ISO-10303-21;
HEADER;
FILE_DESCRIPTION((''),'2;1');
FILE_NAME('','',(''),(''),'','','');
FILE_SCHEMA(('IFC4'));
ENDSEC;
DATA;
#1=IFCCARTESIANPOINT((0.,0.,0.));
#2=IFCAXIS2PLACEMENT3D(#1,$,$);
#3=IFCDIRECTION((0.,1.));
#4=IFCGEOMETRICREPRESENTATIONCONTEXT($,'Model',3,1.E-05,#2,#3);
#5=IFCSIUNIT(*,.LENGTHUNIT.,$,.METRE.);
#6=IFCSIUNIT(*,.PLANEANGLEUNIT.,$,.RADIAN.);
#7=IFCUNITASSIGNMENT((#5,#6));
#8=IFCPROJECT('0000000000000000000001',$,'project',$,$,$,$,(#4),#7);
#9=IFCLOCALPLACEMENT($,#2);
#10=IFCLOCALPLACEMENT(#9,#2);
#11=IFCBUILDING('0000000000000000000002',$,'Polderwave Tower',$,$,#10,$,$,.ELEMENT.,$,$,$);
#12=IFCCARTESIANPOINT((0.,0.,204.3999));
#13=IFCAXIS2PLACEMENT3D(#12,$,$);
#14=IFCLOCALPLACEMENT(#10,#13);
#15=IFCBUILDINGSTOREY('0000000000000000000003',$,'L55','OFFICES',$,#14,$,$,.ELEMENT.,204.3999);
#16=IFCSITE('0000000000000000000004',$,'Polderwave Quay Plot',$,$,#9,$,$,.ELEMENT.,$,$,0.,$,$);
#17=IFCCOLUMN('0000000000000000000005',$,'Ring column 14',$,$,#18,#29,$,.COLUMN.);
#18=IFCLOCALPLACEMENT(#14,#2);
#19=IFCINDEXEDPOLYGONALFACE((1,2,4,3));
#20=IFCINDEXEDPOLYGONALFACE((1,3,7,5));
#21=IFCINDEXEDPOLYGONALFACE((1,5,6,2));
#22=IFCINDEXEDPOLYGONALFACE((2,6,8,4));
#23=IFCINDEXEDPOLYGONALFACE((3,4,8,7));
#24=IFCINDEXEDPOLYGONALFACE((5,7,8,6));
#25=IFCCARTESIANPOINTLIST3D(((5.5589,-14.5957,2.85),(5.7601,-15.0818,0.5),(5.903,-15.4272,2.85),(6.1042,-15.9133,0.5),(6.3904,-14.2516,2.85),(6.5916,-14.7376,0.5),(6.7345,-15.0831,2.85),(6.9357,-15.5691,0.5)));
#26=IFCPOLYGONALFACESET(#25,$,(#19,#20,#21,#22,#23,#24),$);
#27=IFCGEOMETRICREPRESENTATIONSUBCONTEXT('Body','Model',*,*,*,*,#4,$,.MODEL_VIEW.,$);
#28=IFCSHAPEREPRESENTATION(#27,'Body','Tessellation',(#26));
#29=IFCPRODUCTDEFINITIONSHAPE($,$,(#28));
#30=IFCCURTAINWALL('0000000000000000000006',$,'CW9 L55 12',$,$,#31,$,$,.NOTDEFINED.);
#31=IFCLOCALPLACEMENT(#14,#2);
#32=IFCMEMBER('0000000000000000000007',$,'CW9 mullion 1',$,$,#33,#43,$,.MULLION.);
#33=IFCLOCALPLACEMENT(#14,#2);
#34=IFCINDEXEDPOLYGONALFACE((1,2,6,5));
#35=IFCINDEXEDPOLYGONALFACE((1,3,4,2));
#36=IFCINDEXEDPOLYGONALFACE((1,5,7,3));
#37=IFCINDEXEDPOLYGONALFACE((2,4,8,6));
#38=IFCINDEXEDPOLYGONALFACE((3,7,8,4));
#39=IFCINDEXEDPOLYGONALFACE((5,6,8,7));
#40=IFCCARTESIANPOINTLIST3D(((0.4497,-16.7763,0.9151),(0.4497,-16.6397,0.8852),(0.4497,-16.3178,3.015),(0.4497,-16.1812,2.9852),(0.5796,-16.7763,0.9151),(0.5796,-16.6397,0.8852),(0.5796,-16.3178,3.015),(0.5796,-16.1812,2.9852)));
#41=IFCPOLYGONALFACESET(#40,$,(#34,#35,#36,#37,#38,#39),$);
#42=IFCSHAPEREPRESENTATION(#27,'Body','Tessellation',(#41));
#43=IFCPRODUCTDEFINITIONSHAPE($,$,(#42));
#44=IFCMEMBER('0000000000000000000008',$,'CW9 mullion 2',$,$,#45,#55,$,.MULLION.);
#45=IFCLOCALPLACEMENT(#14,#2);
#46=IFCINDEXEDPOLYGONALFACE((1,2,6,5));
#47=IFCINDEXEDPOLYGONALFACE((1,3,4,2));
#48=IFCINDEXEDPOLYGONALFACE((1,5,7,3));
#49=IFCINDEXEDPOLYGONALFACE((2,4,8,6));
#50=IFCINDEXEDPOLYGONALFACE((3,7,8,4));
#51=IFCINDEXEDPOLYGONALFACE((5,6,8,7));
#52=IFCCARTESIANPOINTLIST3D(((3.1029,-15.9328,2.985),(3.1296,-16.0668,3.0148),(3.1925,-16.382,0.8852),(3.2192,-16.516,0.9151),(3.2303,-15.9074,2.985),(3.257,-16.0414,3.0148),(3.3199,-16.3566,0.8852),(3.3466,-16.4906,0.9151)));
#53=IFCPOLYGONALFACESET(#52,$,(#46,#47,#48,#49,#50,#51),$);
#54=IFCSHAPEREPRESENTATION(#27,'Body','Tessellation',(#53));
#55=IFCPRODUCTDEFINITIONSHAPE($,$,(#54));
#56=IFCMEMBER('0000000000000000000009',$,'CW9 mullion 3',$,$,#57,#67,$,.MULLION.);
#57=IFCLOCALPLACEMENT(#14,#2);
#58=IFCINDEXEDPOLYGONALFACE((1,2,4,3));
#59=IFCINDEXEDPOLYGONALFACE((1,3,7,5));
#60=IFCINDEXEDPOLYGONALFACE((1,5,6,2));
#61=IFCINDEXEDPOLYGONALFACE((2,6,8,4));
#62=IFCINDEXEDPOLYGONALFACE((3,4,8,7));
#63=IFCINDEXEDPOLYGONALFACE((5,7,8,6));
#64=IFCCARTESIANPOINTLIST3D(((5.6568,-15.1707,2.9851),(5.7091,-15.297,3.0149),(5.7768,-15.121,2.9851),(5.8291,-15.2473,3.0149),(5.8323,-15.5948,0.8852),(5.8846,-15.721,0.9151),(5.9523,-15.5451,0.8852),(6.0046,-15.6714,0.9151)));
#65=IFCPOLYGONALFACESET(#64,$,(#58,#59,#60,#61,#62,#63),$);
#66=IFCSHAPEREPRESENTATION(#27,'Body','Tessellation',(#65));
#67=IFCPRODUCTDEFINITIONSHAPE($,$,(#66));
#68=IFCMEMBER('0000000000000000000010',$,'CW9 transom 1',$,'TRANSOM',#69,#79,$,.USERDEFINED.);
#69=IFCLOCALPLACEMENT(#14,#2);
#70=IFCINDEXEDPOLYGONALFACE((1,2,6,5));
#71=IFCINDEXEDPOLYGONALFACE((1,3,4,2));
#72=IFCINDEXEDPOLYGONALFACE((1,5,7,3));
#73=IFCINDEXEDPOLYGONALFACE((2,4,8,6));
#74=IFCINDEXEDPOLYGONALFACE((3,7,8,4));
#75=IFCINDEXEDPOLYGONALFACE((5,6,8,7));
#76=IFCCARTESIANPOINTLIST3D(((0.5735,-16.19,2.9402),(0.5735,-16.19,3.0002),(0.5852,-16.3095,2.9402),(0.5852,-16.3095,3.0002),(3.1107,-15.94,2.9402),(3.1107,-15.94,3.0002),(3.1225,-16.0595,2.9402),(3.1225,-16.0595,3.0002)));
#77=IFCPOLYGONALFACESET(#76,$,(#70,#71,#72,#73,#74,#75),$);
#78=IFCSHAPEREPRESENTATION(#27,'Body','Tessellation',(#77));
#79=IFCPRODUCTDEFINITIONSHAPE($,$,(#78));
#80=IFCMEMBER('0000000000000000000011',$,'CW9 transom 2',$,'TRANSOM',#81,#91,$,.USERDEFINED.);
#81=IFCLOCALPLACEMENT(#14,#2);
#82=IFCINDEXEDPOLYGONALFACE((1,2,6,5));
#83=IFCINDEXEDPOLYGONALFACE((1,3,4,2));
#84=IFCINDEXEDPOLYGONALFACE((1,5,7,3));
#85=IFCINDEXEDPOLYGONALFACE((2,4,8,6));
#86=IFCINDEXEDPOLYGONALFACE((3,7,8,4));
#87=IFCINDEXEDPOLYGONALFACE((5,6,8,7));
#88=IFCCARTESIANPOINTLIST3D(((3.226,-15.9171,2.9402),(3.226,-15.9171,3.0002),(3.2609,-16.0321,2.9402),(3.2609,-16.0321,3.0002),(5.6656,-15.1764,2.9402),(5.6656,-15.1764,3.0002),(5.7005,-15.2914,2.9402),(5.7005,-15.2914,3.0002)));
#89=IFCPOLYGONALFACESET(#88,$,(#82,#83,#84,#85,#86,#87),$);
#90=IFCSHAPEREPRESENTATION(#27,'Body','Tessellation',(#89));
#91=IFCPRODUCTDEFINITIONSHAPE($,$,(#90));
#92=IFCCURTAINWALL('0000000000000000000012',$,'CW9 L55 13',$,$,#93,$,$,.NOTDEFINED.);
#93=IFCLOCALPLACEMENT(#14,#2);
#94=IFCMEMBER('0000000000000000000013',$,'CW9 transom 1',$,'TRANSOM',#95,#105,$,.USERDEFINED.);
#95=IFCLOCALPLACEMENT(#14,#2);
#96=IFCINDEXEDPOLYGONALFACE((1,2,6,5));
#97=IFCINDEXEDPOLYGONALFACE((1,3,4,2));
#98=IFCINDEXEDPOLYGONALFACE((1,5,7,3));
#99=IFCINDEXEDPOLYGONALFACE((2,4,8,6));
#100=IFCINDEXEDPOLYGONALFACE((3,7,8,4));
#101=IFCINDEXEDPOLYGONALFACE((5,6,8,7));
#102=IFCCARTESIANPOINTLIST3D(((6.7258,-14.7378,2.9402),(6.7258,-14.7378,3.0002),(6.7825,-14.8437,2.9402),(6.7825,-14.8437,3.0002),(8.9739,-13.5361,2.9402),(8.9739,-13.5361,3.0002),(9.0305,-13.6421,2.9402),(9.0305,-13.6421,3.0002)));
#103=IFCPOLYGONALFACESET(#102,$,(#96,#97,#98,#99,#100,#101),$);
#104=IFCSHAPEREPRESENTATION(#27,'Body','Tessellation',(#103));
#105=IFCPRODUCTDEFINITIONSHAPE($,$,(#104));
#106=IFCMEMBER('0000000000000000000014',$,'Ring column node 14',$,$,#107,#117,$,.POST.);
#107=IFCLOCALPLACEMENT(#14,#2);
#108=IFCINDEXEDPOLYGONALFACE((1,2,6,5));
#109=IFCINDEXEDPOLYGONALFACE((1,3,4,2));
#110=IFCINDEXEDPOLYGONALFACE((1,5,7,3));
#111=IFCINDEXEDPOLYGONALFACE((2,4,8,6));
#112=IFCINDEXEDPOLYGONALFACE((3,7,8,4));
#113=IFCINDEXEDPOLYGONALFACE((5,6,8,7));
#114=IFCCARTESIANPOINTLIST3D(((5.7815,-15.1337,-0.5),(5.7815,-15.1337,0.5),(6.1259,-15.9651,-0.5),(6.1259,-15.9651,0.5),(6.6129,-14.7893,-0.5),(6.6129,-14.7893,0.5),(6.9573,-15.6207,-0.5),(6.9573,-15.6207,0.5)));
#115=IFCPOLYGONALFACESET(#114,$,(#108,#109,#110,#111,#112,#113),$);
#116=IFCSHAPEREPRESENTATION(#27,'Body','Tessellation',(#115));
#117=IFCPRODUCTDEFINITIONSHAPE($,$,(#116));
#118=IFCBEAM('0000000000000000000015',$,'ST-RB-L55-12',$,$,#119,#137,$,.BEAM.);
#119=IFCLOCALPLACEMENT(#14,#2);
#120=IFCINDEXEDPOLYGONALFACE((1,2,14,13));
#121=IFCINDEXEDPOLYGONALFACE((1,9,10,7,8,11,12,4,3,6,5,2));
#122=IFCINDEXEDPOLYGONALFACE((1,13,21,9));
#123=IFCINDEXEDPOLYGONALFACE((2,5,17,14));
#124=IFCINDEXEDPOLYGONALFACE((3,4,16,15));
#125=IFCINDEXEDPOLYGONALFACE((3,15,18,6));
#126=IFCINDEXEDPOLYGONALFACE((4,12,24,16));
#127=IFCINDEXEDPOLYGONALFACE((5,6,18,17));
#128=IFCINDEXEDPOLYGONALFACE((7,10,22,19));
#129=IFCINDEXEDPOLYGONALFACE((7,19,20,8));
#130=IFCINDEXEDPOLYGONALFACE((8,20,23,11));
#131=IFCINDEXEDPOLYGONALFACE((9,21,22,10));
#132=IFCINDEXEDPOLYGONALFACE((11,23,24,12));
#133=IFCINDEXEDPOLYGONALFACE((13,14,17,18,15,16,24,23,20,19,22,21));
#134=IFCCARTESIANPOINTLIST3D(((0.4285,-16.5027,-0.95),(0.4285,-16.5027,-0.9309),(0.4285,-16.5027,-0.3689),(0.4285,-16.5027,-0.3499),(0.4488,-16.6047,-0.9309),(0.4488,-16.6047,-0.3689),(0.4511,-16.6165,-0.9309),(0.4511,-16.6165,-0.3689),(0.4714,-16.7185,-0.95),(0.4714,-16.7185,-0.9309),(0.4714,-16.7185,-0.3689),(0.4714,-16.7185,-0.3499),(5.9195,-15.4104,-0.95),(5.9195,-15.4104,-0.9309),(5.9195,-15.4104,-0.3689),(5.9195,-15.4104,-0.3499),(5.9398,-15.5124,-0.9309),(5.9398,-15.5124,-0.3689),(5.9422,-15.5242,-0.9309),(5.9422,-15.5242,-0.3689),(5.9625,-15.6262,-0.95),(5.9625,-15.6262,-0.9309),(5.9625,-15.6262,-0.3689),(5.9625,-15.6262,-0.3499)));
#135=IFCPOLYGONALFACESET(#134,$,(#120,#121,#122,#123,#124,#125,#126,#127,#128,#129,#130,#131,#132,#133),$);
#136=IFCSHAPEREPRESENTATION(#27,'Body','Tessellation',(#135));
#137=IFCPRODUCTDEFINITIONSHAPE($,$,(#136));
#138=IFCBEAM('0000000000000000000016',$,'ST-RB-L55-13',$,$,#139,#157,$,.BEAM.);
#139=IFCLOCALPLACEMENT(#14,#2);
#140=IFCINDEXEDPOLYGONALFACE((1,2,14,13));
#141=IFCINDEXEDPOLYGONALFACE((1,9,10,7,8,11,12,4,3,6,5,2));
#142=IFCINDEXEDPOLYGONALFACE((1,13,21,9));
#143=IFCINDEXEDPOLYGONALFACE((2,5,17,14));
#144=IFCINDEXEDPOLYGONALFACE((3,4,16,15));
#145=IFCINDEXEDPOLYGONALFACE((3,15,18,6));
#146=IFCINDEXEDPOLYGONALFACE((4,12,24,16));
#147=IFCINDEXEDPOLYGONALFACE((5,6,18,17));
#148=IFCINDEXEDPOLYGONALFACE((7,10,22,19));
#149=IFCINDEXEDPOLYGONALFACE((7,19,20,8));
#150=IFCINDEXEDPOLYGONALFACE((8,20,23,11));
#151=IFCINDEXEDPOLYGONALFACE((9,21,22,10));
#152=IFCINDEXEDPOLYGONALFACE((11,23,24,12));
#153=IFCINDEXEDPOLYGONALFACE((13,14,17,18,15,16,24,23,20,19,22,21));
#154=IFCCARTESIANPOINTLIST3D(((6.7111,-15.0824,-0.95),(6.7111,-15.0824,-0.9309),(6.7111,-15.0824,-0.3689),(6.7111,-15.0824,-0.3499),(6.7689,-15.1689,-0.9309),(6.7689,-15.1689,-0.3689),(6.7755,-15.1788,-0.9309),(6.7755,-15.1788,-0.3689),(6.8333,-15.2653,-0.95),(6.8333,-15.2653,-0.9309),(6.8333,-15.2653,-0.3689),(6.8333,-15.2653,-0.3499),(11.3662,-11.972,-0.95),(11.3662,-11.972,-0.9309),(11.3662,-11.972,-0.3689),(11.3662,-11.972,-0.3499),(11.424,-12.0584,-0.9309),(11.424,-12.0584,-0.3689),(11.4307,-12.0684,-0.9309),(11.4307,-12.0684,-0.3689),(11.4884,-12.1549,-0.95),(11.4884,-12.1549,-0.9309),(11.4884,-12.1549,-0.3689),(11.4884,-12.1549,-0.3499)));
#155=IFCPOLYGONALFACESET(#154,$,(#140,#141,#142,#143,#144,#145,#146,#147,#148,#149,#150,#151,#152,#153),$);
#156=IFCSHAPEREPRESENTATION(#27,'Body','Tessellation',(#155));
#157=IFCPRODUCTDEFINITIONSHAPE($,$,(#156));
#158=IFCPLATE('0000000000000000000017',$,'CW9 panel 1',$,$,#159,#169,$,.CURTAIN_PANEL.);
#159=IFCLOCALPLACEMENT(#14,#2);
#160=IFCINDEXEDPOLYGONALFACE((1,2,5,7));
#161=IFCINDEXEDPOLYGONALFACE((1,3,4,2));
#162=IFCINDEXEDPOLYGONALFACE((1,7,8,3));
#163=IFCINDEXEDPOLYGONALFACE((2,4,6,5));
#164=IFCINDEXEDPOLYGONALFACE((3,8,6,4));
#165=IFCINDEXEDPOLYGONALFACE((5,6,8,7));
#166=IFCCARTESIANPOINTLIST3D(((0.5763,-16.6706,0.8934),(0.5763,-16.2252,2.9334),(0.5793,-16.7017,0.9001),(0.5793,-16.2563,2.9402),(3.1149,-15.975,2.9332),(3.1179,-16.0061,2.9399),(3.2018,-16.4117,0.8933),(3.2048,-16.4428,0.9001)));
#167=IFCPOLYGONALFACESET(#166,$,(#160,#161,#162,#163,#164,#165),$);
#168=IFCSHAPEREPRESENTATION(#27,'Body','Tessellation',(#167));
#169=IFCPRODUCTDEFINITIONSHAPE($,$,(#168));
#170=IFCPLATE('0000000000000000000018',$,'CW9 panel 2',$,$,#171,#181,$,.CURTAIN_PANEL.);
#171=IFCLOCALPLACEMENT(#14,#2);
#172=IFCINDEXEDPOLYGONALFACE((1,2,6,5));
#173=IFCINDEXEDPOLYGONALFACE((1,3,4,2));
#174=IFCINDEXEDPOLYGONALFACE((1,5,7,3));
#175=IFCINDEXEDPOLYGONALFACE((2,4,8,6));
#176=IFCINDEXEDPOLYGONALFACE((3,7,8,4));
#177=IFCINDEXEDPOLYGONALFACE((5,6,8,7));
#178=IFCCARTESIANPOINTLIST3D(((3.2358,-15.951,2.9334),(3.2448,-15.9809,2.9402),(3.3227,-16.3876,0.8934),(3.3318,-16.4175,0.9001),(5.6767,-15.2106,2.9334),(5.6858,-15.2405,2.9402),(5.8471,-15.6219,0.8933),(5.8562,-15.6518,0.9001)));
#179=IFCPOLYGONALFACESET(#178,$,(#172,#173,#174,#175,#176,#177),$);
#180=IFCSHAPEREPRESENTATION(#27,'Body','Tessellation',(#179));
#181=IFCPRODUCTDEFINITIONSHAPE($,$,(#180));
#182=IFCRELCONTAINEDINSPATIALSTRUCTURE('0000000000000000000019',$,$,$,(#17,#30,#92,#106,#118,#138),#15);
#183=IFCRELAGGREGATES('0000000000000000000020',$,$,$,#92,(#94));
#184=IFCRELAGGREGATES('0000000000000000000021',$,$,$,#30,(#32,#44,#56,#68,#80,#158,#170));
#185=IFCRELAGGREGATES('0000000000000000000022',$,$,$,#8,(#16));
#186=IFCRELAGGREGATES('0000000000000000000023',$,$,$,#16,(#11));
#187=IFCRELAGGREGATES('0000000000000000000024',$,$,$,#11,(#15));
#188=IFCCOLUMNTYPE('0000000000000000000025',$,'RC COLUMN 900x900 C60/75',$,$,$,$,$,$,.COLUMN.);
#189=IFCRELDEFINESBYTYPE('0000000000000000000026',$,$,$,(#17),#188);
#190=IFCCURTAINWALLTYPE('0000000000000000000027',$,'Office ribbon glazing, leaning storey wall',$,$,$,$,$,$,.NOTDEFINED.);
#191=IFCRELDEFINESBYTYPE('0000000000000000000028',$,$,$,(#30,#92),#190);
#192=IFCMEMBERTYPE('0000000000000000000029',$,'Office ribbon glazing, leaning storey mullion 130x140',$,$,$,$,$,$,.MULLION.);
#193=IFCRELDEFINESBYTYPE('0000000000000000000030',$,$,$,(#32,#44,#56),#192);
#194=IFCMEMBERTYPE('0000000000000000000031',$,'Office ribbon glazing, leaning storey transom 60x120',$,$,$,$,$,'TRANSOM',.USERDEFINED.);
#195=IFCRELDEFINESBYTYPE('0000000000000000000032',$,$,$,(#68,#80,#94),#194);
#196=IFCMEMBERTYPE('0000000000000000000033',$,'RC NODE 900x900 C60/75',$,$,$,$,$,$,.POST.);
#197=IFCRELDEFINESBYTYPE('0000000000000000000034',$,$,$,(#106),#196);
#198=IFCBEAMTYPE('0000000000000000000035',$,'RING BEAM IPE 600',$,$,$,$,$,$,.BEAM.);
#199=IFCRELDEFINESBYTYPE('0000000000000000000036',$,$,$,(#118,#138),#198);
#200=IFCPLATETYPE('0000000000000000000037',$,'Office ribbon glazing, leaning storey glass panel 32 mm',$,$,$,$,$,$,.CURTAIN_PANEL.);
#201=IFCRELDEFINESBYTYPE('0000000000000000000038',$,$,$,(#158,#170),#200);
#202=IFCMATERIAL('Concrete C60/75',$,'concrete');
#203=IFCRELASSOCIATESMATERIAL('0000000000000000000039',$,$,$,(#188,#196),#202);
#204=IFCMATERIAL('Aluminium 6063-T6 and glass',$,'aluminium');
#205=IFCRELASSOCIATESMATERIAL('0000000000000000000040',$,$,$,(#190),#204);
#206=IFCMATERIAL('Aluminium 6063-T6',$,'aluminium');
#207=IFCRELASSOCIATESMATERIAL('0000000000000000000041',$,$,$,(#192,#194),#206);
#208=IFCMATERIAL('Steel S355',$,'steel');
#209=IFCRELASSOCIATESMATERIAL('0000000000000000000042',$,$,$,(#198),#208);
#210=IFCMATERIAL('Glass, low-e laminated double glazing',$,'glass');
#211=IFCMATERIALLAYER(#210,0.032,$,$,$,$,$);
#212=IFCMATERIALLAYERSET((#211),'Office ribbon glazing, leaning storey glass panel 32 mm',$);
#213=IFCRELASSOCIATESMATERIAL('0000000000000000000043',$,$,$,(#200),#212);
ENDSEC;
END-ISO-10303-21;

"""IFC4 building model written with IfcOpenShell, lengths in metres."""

from ifc_helpers import new_model, si_unit, direction, frame, origin, origin_2d, place, context, subcontext, project, spatial, polyline, rectangle, i_section, outline, extrude, material, layer, layer_set, material_profile, profile_set, type_object, element, aggregate, save


model = new_model("IFC4")

# Units and contexts
model_context = context("Model", 3, precision=1e-05, world=origin(), true_north=direction((0.0, 1.0)))
body_context = subcontext(model_context, "Body", "Model", "MODEL_VIEW")
ifc_project = project(units=[si_unit("LENGTHUNIT", "METRE"), si_unit("PLANEANGLEUNIT", "RADIAN")], contexts=[model_context])

# Site, building, storey
site_placement = place(None, origin())
site = spatial("IfcSite", under=ifc_project, at=site_placement, Name="Polderwave Quay Plot", CompositionType="ELEMENT", RefElevation=0.0)
building_placement = place(site_placement, origin())
building = spatial("IfcBuilding", under=site, at=building_placement, Name="Polderwave Tower", CompositionType="ELEMENT")
storey_placement = place(building_placement, frame((0.0, 0.0, 204.3999)))
storey = spatial("IfcBuildingStorey", under=building, at=storey_placement, Name="L55", Description="OFFICES", CompositionType="ELEMENT", Elevation=204.3999)

# Column
ifc_material_1 = material(Name="Concrete C60/75", Category="concrete")
ifc_material_profile_1 = material_profile(ifc_material_1, rectangle(XDim=0.8999, YDim=0.8999, at=origin_2d()), Name="RC 900x900")
ifc_profile_set_1 = profile_set([ifc_material_profile_1], Name="Concrete C60/75")
column_type = type_object("IfcColumnType", Name="RC COLUMN 900x900 C60/75", PredefinedType="COLUMN", material=ifc_profile_set_1)
column_placement = place(storey_placement, frame((6.3479, -15.3254, 0.5), z_axis=(0.0, 0.0, 1.0), x_axis=(-0.923994, -0.382406, 0.0)))
element("IfcColumn", 1, at=column_placement, inside=storey, type_object=column_type, Name="Ring column 14", PredefinedType="COLUMN", context=body_context, shape_type="SweptSolid", body=[
    extrude(rectangle(XDim=0.8999, YDim=0.8999, at=origin_2d()), origin(), (0.0, -0.218443, 0.97585), 2.4082),
])

# Curtain wall, members
ifc_material_2 = material(Name="Aluminium 6063-T6 and glass", Category="aluminium")
curtain_wall_type = type_object("IfcCurtainWallType", Name="Office ribbon glazing, leaning storey wall", PredefinedType="NOTDEFINED", material=ifc_material_2)
curtain_wall_1_placement = place(storey_placement, origin())
curtain_wall_1 = element("IfcCurtainWall", 2, at=curtain_wall_1_placement, inside=storey, type_object=curtain_wall_type, Name="CW9 L55 12", PredefinedType="NOTDEFINED")
ifc_material_3 = material(Name="Aluminium 6063-T6", Category="aluminium")
ifc_material_profile_2 = material_profile(ifc_material_3, rectangle(XDim=0.1299, YDim=0.1399, at=origin_2d()), Name="AL 130x140")
ifc_profile_set_2 = profile_set([ifc_material_profile_2], Name="Aluminium 6063-T6")
member_type_1 = type_object("IfcMemberType", Name="Office ribbon glazing, leaning storey mullion 130x140", PredefinedType="MULLION", material=ifc_profile_set_2)
member_1_placement = place(storey_placement, frame((0.5146, -16.708, 0.9001), z_axis=(0.0, 0.213321, 0.976982), x_axis=(-1.0, 0.0, 0.0)))
member_1 = element("IfcMember", 3, at=member_1_placement, type_object=member_type_1, Name="CW9 mullion 1", PredefinedType="MULLION", context=body_context, shape_type="SweptSolid", body=[
    extrude(rectangle(XDim=0.1299, YDim=0.1399, at=origin_2d()), origin(), (0.0, 0.0, 1.0), 2.1494),
])
member_2_placement = place(storey_placement, frame((3.2695, -16.4363, 0.9001), z_axis=(-0.041689, 0.209013, 0.977024), x_axis=(-0.980683, -0.195604, 0.0)))
member_2 = element("IfcMember", 4, at=member_2_placement, type_object=member_type_1, Name="CW9 mullion 2", PredefinedType="MULLION", context=body_context, shape_type="SweptSolid", body=[
    extrude(rectangle(XDim=0.1299, YDim=0.1399, at=origin_2d()), origin(), (0.0, 0.0, 1.0), 2.1492),
])
member_3_placement = place(storey_placement, frame((5.9185, -15.6331, 0.9001), z_axis=(-0.081667, 0.197296, 0.976937), x_axis=(-0.923971, -0.382461, 0.0)))
member_3 = element("IfcMember", 5, at=member_3_placement, type_object=member_type_1, Name="CW9 mullion 3", PredefinedType="MULLION", context=body_context, shape_type="SweptSolid", body=[
    extrude(rectangle(XDim=0.1299, YDim=0.1399, at=origin_2d()), origin(), (0.0, 0.0, 1.0), 2.1494),
])
ifc_material_profile_3 = material_profile(ifc_material_3, rectangle(XDim=0.1201, YDim=0.0601, at=origin_2d()), Name="AL 60x120")
ifc_profile_set_3 = profile_set([ifc_material_profile_3], Name="Aluminium 6063-T6")
member_type_2 = type_object("IfcMemberType", Name="Office ribbon glazing, leaning storey transom 60x120", ElementType="TRANSOM", PredefinedType="USERDEFINED", material=ifc_profile_set_3)
member_4_placement = place(storey_placement, frame((0.5793, -16.2498, 2.9702), z_axis=(0.995181, 0.098053, 0.0), x_axis=(-0.098053, 0.995181, 0.0)))
member_4 = element("IfcMember", 6, at=member_4_placement, type_object=member_type_2, Name="CW9 transom 1", ObjectType="TRANSOM", PredefinedType="USERDEFINED", context=body_context, shape_type="SweptSolid", body=[
    extrude(rectangle(XDim=0.1201, YDim=0.0601, at=origin_2d()), origin(), (0.0, 0.0, 1.0), 2.5496),
])
member_5_placement = place(storey_placement, frame((3.2434, -15.9746, 2.9702), z_axis=(0.95687, 0.290518, 0.0), x_axis=(-0.290518, 0.95687, 0.0)))
member_5 = element("IfcMember", 7, at=member_5_placement, type_object=member_type_2, Name="CW9 transom 2", ObjectType="TRANSOM", PredefinedType="USERDEFINED", context=body_context, shape_type="SweptSolid", body=[
    extrude(rectangle(XDim=0.1201, YDim=0.0601, at=origin_2d()), origin(), (0.0, 0.0, 1.0), 2.5496),
])

# Curtain wall, member
curtain_wall_2_placement = place(storey_placement, origin())
curtain_wall_2 = element("IfcCurtainWall", 8, at=curtain_wall_2_placement, inside=storey, type_object=curtain_wall_type, Name="CW9 L55 13", PredefinedType="NOTDEFINED")
member_6_placement = place(storey_placement, frame((6.7542, -14.7908, 2.9702), z_axis=(0.881912, 0.471413, 0.0), x_axis=(-0.471413, 0.881912, 0.0)))
member_6 = element("IfcMember", 9, at=member_6_placement, type_object=member_type_2, Name="CW9 transom 1", ObjectType="TRANSOM", PredefinedType="USERDEFINED", context=body_context, shape_type="SweptSolid", body=[
    extrude(rectangle(XDim=0.1201, YDim=0.0601, at=origin_2d()), origin(), (0.0, 0.0, 1.0), 2.5491),
])
aggregate(curtain_wall_2, [member_6])

# Member
ifc_material_profile_4 = material_profile(ifc_material_1, rectangle(XDim=0.8999, YDim=0.8999, at=origin_2d()), Name="RC 900x900")
ifc_profile_set_4 = profile_set([ifc_material_profile_4], Name="Concrete C60/75")
member_type_3 = type_object("IfcMemberType", Name="RC NODE 900x900 C60/75", PredefinedType="POST", material=ifc_profile_set_4)
member_7_placement = place(storey_placement, frame((6.3694, -15.3772, -0.5), z_axis=(0.0, 0.0, 1.0), x_axis=(0.382683, -0.92388, 0.0)))
element("IfcMember", 10, at=member_7_placement, inside=storey, type_object=member_type_3, Name="Ring column node 14", PredefinedType="POST", context=body_context, shape_type="SweptSolid", body=[
    extrude(rectangle(XDim=0.8999, YDim=0.8999, at=origin_2d()), origin(), (0.0, 0.0, 1.0), 1.0),
])

# Beams
ifc_material_4 = material(Name="Steel S355", Category="steel")
ifc_material_profile_5 = material_profile(ifc_material_4, i_section(OverallWidth=0.22, OverallDepth=0.6001, WebThickness=0.012, FlangeThickness=0.019, at=origin_2d()), Name="IPE 600")
ifc_profile_set_5 = profile_set([ifc_material_profile_5], Name="Steel S355")
beam_type = type_object("IfcBeamType", Name="RING BEAM IPE 600", PredefinedType="BEAM", material=ifc_profile_set_5)
for number, where, z_axis, x_axis, name in (
    (11, (0.45, -16.6106, -0.6499), (0.980783, 0.195101, 0.0), (-0.195101, 0.980783, 0.0), "ST-RB-L55-12"),
    (12, (6.7722, -15.1738, -0.6499), (0.831473, 0.555565, 0.0), (-0.555565, 0.831473, 0.0), "ST-RB-L55-13"),
):
    element("IfcBeam", number, at=place(storey_placement, frame(where, z_axis=z_axis, x_axis=x_axis)), inside=storey, type_object=beam_type, Name=name, PredefinedType="BEAM", context=body_context, shape_type="SweptSolid", body=[
        extrude(i_section(OverallWidth=0.22, OverallDepth=0.6001, WebThickness=0.012, FlangeThickness=0.019, at=origin_2d()), origin(), (0.0, 0.0, 1.0), 5.5986),
    ])

# Plates
ifc_material_5 = material(Name="Glass, low-e laminated double glazing", Category="glass")
ifc_layer_1 = layer(ifc_material_5, 0.032)
ifc_layer_set_1 = layer_set([ifc_layer_1], Name="Office ribbon glazing, leaning storey glass panel 32 mm")
plate_type = type_object("IfcPlateType", Name="Office ribbon glazing, leaning storey glass panel 32 mm", PredefinedType="CURTAIN_PANEL", material=ifc_layer_set_1)
plate_1_placement = place(storey_placement, frame((0.5793, -16.7017, 0.9001), z_axis=(0.095871, -0.97249, 0.2123), x_axis=(0.995176, 0.098106, -0.000003)))
plate_1 = element("IfcPlate", 13, at=plate_1_placement, type_object=plate_type, Name="CW9 panel 1", PredefinedType="CURTAIN_PANEL", context=body_context, shape_type="SweptSolid", body=[
    extrude(outline(polyline([(0.0, 0.0), (2.6382, 0.0), (2.5946, 2.0874), (0.0437, 2.0876), (0.0, 0.0)])), origin(), (0.0, 0.0, -1.0), 0.032),
])
plate_2_placement = place(storey_placement, frame((3.3318, -16.4175, 0.9001), z_axis=(0.283653, -0.935148, 0.212227), x_axis=(0.956947, 0.290263, -0.000007)))
plate_2 = element("IfcPlate", 14, at=plate_2_placement, type_object=plate_type, Name="CW9 panel 2", PredefinedType="CURTAIN_PANEL", context=body_context, shape_type="SweptSolid", body=[
    extrude(outline(polyline([(0.0, 0.0), (2.638, 0.0), (2.5943, 2.0876), (0.0435, 2.0876), (0.0, 0.0)])), origin(), (0.0, 0.0, -1.0), 0.032),
])
aggregate(curtain_wall_1, [member_1, member_2, member_3, member_4, member_5, plate_1, plate_2])

save(model, "model.ifc")
